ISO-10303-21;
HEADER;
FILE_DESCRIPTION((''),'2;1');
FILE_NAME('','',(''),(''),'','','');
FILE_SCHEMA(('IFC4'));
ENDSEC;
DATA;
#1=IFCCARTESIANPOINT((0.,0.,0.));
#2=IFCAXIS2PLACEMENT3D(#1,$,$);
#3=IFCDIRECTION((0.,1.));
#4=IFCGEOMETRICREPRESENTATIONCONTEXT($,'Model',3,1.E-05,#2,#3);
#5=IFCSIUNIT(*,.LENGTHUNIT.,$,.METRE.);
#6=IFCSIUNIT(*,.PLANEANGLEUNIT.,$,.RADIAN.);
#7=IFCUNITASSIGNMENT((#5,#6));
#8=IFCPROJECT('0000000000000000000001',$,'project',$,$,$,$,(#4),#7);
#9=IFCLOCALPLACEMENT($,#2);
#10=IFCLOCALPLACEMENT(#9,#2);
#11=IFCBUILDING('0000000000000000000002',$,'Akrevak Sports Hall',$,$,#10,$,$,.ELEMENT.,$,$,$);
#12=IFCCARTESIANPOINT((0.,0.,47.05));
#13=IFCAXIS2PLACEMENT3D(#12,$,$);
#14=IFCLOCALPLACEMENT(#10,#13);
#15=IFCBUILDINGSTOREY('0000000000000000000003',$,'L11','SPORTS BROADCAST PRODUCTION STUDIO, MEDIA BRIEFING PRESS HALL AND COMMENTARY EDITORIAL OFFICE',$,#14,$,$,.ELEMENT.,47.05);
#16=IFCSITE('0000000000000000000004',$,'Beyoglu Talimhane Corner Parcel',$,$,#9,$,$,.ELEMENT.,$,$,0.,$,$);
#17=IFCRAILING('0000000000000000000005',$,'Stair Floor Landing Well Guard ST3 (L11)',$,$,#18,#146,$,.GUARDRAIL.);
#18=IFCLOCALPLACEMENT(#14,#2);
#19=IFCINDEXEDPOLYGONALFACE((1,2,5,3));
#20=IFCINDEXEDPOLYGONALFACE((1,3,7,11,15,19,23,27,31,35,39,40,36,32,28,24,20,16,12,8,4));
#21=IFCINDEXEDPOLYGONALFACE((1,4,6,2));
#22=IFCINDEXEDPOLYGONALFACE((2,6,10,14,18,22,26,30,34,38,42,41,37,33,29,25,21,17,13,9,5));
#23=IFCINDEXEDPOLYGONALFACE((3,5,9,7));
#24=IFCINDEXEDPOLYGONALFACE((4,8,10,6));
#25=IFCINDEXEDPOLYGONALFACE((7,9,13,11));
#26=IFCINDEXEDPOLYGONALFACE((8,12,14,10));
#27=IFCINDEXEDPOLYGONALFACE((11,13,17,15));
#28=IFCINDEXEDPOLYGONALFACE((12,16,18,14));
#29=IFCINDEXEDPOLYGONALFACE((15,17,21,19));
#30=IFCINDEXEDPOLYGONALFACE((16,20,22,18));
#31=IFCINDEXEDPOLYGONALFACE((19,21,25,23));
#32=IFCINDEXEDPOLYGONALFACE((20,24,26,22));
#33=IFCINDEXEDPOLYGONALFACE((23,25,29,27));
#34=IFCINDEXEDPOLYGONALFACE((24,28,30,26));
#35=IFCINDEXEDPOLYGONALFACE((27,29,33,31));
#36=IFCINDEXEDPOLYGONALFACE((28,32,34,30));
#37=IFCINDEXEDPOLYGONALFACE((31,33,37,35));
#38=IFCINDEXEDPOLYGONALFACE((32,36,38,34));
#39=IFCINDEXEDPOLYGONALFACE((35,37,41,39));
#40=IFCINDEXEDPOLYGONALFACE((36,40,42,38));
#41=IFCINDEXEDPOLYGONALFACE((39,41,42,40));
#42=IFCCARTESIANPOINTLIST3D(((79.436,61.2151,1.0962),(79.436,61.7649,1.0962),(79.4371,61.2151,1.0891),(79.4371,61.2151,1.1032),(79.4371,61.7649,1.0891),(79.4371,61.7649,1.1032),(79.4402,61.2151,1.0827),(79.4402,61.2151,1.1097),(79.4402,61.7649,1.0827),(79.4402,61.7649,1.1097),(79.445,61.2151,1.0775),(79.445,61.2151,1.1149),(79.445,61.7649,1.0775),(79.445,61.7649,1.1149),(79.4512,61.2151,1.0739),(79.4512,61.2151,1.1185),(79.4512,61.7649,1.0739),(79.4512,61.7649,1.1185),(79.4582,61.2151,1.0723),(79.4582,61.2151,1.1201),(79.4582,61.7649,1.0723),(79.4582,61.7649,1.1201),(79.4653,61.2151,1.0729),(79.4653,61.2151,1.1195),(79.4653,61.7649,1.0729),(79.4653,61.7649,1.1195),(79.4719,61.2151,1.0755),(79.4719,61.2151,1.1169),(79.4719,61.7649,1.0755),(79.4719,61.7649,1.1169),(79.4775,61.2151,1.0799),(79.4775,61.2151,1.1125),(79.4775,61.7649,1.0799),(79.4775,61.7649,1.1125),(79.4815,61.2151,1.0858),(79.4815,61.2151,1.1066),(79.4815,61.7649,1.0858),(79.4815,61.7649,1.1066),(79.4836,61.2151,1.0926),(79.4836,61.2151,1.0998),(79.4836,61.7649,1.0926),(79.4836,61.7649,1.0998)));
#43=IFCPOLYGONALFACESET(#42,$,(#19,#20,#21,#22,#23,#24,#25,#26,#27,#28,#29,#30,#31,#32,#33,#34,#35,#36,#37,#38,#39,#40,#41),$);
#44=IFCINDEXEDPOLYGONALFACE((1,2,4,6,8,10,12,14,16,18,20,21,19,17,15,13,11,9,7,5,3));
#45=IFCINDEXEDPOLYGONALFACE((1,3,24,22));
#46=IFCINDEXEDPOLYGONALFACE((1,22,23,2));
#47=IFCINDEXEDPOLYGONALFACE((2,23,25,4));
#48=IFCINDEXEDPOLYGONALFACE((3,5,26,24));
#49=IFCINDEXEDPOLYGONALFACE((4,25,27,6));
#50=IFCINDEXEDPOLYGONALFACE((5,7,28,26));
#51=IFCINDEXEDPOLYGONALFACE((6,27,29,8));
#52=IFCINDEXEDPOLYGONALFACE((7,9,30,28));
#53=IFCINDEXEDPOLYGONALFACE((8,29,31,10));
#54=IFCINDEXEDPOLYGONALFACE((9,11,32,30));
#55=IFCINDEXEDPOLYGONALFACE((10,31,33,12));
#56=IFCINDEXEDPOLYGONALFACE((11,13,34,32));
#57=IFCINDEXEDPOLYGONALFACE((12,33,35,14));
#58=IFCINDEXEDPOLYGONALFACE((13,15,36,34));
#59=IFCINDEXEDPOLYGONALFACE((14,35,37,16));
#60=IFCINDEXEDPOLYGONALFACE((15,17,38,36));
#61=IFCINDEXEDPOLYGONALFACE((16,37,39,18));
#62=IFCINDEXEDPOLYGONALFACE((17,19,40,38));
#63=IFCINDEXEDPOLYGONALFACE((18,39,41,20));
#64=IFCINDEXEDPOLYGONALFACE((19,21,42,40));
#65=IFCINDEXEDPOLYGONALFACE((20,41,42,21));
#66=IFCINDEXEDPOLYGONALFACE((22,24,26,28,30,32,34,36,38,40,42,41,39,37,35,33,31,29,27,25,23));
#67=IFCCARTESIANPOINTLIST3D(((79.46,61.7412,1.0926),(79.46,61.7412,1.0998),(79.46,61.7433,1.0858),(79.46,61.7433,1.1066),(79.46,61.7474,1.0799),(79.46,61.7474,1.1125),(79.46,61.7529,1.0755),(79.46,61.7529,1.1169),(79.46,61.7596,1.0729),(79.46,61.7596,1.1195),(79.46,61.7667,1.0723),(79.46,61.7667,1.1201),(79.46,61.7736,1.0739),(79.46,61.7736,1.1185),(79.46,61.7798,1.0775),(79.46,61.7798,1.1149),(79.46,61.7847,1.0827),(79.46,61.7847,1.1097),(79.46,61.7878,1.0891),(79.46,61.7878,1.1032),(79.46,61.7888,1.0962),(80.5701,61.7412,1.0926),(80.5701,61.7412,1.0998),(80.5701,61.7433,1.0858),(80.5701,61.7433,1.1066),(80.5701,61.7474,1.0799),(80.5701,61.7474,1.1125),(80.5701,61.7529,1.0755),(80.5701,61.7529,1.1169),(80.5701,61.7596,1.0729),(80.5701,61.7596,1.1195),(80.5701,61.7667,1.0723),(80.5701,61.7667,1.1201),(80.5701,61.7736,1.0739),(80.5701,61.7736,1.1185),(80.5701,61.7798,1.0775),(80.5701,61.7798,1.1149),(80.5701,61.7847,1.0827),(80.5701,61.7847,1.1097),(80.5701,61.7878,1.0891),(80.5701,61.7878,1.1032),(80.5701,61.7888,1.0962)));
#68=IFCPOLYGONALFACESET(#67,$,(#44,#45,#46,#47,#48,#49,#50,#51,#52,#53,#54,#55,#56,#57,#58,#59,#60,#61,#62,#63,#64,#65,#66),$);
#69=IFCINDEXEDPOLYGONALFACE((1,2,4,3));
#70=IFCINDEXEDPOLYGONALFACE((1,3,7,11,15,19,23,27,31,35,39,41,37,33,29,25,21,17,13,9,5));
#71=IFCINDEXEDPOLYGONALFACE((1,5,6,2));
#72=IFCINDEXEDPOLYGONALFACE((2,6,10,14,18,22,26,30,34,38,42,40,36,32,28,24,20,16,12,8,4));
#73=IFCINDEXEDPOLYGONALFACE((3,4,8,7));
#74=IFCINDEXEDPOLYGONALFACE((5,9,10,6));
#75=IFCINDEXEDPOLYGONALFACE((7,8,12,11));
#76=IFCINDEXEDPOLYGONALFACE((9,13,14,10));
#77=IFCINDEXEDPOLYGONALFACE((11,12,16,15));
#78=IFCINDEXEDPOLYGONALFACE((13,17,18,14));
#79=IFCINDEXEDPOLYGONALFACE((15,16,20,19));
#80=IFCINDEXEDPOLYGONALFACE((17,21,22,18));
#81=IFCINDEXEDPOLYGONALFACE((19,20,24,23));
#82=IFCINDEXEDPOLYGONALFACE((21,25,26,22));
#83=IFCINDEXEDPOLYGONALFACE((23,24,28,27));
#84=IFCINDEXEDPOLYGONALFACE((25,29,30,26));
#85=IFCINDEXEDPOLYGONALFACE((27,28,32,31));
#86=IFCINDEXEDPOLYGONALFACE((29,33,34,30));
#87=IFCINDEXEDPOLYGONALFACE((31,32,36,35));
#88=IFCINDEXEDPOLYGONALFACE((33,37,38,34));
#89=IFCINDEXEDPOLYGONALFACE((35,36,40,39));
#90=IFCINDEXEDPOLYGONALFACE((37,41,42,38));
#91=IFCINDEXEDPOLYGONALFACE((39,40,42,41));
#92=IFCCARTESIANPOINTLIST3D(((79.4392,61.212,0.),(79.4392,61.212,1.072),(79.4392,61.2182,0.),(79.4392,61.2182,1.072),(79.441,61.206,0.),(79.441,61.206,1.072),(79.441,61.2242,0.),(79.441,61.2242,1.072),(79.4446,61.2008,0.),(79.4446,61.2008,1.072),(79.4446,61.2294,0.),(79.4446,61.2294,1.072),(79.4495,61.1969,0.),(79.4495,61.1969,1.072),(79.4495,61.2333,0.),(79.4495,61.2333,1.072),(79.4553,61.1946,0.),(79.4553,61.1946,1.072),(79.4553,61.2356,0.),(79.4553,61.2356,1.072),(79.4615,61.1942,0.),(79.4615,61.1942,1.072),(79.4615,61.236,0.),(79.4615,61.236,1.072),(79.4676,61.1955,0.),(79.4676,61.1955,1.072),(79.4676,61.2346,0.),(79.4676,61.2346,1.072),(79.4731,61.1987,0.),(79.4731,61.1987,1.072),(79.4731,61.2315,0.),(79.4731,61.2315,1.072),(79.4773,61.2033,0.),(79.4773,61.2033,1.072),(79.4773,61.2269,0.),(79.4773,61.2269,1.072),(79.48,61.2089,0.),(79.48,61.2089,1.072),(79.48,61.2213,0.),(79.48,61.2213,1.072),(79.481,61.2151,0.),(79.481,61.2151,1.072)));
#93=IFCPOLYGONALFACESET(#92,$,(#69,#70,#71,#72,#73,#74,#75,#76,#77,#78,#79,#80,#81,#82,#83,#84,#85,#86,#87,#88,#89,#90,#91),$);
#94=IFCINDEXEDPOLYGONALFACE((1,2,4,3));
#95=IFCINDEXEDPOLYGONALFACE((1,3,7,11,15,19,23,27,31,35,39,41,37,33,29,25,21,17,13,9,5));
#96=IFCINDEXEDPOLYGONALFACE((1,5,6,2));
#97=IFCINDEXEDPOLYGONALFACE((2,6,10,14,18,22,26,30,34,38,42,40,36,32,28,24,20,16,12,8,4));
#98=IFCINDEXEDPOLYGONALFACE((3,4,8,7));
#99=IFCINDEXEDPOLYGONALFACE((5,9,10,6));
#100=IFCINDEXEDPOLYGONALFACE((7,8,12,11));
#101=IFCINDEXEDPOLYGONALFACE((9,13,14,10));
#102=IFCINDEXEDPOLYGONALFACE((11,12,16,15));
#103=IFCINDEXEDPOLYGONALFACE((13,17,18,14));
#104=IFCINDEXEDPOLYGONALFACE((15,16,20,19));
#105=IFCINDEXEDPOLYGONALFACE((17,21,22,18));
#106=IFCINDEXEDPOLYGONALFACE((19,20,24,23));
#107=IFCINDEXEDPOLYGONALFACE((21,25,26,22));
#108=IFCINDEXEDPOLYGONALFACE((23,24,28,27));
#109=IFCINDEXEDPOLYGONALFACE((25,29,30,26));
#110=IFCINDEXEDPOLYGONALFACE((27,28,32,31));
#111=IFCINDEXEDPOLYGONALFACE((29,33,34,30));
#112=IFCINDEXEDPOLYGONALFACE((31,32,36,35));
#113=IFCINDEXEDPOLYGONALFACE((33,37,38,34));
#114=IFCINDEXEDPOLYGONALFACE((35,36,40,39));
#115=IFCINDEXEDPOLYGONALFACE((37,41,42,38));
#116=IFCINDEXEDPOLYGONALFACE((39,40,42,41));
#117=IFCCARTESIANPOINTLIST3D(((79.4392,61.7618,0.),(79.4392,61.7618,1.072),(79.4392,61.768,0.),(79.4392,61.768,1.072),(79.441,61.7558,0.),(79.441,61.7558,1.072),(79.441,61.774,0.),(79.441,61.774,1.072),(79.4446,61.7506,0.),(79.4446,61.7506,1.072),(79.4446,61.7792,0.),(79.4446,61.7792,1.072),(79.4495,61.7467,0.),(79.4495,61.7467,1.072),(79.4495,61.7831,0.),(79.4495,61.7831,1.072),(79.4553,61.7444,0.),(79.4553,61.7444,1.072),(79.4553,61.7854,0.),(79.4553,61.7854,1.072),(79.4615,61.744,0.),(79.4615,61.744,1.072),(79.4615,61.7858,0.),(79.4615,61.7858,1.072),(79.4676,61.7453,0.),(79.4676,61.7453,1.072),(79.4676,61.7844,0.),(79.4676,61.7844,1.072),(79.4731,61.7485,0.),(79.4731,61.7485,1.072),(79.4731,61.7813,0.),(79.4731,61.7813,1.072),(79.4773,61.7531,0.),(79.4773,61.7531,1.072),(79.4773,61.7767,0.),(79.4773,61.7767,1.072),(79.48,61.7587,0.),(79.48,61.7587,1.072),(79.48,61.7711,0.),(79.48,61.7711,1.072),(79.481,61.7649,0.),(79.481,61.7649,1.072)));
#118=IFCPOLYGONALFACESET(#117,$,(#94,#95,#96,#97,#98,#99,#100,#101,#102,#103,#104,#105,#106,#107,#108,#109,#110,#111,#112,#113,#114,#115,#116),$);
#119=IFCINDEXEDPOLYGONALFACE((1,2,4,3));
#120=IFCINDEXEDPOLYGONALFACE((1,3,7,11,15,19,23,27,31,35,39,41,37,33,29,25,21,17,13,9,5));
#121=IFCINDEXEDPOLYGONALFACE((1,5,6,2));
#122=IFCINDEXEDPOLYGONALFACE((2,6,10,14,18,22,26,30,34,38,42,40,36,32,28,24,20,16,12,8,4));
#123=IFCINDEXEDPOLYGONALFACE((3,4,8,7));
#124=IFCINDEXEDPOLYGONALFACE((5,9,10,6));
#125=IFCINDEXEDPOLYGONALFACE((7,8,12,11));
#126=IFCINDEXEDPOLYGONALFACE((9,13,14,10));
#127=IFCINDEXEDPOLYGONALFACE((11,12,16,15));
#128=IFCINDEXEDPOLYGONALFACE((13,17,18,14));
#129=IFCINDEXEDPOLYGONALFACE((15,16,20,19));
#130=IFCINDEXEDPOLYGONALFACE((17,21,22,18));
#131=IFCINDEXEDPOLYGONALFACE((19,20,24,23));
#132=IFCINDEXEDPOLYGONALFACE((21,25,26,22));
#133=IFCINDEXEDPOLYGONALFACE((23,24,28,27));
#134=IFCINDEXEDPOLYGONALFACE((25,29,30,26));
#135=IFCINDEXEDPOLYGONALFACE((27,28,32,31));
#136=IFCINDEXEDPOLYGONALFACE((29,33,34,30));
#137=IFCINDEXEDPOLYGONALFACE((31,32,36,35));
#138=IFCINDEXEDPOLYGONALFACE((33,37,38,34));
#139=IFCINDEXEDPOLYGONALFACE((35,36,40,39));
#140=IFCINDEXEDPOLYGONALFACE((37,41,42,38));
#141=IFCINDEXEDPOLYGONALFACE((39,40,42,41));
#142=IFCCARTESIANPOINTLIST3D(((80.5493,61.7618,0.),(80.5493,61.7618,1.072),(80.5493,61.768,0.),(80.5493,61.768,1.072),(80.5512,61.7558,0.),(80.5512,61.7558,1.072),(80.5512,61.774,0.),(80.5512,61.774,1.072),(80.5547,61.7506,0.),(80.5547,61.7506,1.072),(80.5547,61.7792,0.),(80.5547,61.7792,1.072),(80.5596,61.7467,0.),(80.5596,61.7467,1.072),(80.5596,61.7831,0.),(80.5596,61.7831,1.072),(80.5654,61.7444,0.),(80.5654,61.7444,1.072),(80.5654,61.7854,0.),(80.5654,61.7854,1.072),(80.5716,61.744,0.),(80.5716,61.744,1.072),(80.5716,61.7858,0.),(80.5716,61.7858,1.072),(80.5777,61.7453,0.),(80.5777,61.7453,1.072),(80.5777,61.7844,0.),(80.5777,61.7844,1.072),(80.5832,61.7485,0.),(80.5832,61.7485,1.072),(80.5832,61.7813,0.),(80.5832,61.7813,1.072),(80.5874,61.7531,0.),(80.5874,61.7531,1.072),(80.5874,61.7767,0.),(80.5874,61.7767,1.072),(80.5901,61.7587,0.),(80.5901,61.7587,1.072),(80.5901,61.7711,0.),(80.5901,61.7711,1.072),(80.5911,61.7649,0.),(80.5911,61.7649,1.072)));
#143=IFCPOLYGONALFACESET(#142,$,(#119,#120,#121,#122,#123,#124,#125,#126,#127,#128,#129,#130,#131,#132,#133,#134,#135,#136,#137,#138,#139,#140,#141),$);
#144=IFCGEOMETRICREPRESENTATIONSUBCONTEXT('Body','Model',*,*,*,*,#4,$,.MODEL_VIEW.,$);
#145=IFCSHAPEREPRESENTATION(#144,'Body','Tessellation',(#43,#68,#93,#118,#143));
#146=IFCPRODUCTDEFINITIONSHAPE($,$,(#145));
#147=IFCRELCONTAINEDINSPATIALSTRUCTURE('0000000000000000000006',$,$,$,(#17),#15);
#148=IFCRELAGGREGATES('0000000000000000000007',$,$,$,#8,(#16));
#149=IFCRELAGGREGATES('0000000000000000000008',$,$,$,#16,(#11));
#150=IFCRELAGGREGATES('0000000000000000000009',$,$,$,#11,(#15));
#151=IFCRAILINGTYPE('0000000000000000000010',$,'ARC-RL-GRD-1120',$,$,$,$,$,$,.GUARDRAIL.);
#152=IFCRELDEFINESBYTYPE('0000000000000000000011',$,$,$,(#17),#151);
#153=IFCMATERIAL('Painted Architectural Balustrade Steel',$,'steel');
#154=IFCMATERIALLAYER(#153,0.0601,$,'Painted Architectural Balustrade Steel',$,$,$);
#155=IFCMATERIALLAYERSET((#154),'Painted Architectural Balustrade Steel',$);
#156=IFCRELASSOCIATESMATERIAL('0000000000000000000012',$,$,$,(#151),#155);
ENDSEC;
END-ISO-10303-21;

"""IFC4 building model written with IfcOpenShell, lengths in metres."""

from ifc_helpers import new_model, si_unit, direction, frame, origin, origin_2d, place, context, subcontext, project, spatial, circle, extrude, material, layer, layer_set, type_object, element, save


model = new_model("IFC4")

# Units and contexts
model_context = context("Model", 3, precision=1e-05, world=origin(), true_north=direction((0.0, 1.0)))
body_context = subcontext(model_context, "Body", "Model", "MODEL_VIEW")
ifc_project = project(units=[si_unit("LENGTHUNIT", "METRE"), si_unit("PLANEANGLEUNIT", "RADIAN")], contexts=[model_context])

# Site, building, storey
site_placement = place(None, origin())
site = spatial("IfcSite", under=ifc_project, at=site_placement, Name="Beyoglu Talimhane Corner Parcel", CompositionType="ELEMENT", RefElevation=0.0)
building_placement = place(site_placement, origin())
building = spatial("IfcBuilding", under=site, at=building_placement, Name="Akrevak Sports Hall", CompositionType="ELEMENT")
storey_placement = place(building_placement, frame((0.0, 0.0, 47.05)))
storey = spatial("IfcBuildingStorey", under=building, at=storey_placement, Name="L11", Description="SPORTS BROADCAST PRODUCTION STUDIO, MEDIA BRIEFING PRESS HALL AND COMMENTARY EDITORIAL OFFICE", CompositionType="ELEMENT", Elevation=47.05)

# Railing
ifc_material_1 = material(Name="Painted Architectural Balustrade Steel", Category="steel")
ifc_layer_1 = layer(ifc_material_1, 0.0601, Name="Painted Architectural Balustrade Steel")
ifc_layer_set_1 = layer_set([ifc_layer_1], Name="Painted Architectural Balustrade Steel")
railing_type_1 = type_object("IfcRailingType", Name="ARC-RL-GRD-1120", PredefinedType="GUARDRAIL", material=ifc_layer_set_1)
railing_1_placement = place(storey_placement, frame((79.46, 61.2151, 0.0)))
element("IfcRailing", 1, at=railing_1_placement, inside=storey, type_object=railing_type_1, Name="Stair Floor Landing Well Guard ST3 (L11)", PredefinedType="GUARDRAIL", context=body_context, shape_type="SweptSolid", body=[
    extrude(circle(Radius=0.0239, at=origin_2d()), frame((0.0, 0.0, 1.0962), z_axis=(0.0, 1.0, 0.0), x_axis=(-1.0, 0.0, 0.0)), (0.0, 0.0, 1.0), 0.5498),
    extrude(circle(Radius=0.0239, at=origin_2d()), frame((0.0, 0.5498, 1.0962), z_axis=(1.0, 0.0, 0.0), x_axis=(0.0, 1.0, 0.0)), (0.0, 0.0, 1.0), 1.1101),
    extrude(circle(Radius=0.021, at=origin_2d()), origin(), (0.0, 0.0, 1.0), 1.072),
    extrude(circle(Radius=0.021, at=origin_2d()), frame((0.0, 0.5498, 0.0)), (0.0, 0.0, 1.0), 1.072),
    extrude(circle(Radius=0.021, at=origin_2d()), frame((1.1101, 0.5498, 0.0)), (0.0, 0.0, 1.0), 1.072),
])

save(model, "model.ifc")
